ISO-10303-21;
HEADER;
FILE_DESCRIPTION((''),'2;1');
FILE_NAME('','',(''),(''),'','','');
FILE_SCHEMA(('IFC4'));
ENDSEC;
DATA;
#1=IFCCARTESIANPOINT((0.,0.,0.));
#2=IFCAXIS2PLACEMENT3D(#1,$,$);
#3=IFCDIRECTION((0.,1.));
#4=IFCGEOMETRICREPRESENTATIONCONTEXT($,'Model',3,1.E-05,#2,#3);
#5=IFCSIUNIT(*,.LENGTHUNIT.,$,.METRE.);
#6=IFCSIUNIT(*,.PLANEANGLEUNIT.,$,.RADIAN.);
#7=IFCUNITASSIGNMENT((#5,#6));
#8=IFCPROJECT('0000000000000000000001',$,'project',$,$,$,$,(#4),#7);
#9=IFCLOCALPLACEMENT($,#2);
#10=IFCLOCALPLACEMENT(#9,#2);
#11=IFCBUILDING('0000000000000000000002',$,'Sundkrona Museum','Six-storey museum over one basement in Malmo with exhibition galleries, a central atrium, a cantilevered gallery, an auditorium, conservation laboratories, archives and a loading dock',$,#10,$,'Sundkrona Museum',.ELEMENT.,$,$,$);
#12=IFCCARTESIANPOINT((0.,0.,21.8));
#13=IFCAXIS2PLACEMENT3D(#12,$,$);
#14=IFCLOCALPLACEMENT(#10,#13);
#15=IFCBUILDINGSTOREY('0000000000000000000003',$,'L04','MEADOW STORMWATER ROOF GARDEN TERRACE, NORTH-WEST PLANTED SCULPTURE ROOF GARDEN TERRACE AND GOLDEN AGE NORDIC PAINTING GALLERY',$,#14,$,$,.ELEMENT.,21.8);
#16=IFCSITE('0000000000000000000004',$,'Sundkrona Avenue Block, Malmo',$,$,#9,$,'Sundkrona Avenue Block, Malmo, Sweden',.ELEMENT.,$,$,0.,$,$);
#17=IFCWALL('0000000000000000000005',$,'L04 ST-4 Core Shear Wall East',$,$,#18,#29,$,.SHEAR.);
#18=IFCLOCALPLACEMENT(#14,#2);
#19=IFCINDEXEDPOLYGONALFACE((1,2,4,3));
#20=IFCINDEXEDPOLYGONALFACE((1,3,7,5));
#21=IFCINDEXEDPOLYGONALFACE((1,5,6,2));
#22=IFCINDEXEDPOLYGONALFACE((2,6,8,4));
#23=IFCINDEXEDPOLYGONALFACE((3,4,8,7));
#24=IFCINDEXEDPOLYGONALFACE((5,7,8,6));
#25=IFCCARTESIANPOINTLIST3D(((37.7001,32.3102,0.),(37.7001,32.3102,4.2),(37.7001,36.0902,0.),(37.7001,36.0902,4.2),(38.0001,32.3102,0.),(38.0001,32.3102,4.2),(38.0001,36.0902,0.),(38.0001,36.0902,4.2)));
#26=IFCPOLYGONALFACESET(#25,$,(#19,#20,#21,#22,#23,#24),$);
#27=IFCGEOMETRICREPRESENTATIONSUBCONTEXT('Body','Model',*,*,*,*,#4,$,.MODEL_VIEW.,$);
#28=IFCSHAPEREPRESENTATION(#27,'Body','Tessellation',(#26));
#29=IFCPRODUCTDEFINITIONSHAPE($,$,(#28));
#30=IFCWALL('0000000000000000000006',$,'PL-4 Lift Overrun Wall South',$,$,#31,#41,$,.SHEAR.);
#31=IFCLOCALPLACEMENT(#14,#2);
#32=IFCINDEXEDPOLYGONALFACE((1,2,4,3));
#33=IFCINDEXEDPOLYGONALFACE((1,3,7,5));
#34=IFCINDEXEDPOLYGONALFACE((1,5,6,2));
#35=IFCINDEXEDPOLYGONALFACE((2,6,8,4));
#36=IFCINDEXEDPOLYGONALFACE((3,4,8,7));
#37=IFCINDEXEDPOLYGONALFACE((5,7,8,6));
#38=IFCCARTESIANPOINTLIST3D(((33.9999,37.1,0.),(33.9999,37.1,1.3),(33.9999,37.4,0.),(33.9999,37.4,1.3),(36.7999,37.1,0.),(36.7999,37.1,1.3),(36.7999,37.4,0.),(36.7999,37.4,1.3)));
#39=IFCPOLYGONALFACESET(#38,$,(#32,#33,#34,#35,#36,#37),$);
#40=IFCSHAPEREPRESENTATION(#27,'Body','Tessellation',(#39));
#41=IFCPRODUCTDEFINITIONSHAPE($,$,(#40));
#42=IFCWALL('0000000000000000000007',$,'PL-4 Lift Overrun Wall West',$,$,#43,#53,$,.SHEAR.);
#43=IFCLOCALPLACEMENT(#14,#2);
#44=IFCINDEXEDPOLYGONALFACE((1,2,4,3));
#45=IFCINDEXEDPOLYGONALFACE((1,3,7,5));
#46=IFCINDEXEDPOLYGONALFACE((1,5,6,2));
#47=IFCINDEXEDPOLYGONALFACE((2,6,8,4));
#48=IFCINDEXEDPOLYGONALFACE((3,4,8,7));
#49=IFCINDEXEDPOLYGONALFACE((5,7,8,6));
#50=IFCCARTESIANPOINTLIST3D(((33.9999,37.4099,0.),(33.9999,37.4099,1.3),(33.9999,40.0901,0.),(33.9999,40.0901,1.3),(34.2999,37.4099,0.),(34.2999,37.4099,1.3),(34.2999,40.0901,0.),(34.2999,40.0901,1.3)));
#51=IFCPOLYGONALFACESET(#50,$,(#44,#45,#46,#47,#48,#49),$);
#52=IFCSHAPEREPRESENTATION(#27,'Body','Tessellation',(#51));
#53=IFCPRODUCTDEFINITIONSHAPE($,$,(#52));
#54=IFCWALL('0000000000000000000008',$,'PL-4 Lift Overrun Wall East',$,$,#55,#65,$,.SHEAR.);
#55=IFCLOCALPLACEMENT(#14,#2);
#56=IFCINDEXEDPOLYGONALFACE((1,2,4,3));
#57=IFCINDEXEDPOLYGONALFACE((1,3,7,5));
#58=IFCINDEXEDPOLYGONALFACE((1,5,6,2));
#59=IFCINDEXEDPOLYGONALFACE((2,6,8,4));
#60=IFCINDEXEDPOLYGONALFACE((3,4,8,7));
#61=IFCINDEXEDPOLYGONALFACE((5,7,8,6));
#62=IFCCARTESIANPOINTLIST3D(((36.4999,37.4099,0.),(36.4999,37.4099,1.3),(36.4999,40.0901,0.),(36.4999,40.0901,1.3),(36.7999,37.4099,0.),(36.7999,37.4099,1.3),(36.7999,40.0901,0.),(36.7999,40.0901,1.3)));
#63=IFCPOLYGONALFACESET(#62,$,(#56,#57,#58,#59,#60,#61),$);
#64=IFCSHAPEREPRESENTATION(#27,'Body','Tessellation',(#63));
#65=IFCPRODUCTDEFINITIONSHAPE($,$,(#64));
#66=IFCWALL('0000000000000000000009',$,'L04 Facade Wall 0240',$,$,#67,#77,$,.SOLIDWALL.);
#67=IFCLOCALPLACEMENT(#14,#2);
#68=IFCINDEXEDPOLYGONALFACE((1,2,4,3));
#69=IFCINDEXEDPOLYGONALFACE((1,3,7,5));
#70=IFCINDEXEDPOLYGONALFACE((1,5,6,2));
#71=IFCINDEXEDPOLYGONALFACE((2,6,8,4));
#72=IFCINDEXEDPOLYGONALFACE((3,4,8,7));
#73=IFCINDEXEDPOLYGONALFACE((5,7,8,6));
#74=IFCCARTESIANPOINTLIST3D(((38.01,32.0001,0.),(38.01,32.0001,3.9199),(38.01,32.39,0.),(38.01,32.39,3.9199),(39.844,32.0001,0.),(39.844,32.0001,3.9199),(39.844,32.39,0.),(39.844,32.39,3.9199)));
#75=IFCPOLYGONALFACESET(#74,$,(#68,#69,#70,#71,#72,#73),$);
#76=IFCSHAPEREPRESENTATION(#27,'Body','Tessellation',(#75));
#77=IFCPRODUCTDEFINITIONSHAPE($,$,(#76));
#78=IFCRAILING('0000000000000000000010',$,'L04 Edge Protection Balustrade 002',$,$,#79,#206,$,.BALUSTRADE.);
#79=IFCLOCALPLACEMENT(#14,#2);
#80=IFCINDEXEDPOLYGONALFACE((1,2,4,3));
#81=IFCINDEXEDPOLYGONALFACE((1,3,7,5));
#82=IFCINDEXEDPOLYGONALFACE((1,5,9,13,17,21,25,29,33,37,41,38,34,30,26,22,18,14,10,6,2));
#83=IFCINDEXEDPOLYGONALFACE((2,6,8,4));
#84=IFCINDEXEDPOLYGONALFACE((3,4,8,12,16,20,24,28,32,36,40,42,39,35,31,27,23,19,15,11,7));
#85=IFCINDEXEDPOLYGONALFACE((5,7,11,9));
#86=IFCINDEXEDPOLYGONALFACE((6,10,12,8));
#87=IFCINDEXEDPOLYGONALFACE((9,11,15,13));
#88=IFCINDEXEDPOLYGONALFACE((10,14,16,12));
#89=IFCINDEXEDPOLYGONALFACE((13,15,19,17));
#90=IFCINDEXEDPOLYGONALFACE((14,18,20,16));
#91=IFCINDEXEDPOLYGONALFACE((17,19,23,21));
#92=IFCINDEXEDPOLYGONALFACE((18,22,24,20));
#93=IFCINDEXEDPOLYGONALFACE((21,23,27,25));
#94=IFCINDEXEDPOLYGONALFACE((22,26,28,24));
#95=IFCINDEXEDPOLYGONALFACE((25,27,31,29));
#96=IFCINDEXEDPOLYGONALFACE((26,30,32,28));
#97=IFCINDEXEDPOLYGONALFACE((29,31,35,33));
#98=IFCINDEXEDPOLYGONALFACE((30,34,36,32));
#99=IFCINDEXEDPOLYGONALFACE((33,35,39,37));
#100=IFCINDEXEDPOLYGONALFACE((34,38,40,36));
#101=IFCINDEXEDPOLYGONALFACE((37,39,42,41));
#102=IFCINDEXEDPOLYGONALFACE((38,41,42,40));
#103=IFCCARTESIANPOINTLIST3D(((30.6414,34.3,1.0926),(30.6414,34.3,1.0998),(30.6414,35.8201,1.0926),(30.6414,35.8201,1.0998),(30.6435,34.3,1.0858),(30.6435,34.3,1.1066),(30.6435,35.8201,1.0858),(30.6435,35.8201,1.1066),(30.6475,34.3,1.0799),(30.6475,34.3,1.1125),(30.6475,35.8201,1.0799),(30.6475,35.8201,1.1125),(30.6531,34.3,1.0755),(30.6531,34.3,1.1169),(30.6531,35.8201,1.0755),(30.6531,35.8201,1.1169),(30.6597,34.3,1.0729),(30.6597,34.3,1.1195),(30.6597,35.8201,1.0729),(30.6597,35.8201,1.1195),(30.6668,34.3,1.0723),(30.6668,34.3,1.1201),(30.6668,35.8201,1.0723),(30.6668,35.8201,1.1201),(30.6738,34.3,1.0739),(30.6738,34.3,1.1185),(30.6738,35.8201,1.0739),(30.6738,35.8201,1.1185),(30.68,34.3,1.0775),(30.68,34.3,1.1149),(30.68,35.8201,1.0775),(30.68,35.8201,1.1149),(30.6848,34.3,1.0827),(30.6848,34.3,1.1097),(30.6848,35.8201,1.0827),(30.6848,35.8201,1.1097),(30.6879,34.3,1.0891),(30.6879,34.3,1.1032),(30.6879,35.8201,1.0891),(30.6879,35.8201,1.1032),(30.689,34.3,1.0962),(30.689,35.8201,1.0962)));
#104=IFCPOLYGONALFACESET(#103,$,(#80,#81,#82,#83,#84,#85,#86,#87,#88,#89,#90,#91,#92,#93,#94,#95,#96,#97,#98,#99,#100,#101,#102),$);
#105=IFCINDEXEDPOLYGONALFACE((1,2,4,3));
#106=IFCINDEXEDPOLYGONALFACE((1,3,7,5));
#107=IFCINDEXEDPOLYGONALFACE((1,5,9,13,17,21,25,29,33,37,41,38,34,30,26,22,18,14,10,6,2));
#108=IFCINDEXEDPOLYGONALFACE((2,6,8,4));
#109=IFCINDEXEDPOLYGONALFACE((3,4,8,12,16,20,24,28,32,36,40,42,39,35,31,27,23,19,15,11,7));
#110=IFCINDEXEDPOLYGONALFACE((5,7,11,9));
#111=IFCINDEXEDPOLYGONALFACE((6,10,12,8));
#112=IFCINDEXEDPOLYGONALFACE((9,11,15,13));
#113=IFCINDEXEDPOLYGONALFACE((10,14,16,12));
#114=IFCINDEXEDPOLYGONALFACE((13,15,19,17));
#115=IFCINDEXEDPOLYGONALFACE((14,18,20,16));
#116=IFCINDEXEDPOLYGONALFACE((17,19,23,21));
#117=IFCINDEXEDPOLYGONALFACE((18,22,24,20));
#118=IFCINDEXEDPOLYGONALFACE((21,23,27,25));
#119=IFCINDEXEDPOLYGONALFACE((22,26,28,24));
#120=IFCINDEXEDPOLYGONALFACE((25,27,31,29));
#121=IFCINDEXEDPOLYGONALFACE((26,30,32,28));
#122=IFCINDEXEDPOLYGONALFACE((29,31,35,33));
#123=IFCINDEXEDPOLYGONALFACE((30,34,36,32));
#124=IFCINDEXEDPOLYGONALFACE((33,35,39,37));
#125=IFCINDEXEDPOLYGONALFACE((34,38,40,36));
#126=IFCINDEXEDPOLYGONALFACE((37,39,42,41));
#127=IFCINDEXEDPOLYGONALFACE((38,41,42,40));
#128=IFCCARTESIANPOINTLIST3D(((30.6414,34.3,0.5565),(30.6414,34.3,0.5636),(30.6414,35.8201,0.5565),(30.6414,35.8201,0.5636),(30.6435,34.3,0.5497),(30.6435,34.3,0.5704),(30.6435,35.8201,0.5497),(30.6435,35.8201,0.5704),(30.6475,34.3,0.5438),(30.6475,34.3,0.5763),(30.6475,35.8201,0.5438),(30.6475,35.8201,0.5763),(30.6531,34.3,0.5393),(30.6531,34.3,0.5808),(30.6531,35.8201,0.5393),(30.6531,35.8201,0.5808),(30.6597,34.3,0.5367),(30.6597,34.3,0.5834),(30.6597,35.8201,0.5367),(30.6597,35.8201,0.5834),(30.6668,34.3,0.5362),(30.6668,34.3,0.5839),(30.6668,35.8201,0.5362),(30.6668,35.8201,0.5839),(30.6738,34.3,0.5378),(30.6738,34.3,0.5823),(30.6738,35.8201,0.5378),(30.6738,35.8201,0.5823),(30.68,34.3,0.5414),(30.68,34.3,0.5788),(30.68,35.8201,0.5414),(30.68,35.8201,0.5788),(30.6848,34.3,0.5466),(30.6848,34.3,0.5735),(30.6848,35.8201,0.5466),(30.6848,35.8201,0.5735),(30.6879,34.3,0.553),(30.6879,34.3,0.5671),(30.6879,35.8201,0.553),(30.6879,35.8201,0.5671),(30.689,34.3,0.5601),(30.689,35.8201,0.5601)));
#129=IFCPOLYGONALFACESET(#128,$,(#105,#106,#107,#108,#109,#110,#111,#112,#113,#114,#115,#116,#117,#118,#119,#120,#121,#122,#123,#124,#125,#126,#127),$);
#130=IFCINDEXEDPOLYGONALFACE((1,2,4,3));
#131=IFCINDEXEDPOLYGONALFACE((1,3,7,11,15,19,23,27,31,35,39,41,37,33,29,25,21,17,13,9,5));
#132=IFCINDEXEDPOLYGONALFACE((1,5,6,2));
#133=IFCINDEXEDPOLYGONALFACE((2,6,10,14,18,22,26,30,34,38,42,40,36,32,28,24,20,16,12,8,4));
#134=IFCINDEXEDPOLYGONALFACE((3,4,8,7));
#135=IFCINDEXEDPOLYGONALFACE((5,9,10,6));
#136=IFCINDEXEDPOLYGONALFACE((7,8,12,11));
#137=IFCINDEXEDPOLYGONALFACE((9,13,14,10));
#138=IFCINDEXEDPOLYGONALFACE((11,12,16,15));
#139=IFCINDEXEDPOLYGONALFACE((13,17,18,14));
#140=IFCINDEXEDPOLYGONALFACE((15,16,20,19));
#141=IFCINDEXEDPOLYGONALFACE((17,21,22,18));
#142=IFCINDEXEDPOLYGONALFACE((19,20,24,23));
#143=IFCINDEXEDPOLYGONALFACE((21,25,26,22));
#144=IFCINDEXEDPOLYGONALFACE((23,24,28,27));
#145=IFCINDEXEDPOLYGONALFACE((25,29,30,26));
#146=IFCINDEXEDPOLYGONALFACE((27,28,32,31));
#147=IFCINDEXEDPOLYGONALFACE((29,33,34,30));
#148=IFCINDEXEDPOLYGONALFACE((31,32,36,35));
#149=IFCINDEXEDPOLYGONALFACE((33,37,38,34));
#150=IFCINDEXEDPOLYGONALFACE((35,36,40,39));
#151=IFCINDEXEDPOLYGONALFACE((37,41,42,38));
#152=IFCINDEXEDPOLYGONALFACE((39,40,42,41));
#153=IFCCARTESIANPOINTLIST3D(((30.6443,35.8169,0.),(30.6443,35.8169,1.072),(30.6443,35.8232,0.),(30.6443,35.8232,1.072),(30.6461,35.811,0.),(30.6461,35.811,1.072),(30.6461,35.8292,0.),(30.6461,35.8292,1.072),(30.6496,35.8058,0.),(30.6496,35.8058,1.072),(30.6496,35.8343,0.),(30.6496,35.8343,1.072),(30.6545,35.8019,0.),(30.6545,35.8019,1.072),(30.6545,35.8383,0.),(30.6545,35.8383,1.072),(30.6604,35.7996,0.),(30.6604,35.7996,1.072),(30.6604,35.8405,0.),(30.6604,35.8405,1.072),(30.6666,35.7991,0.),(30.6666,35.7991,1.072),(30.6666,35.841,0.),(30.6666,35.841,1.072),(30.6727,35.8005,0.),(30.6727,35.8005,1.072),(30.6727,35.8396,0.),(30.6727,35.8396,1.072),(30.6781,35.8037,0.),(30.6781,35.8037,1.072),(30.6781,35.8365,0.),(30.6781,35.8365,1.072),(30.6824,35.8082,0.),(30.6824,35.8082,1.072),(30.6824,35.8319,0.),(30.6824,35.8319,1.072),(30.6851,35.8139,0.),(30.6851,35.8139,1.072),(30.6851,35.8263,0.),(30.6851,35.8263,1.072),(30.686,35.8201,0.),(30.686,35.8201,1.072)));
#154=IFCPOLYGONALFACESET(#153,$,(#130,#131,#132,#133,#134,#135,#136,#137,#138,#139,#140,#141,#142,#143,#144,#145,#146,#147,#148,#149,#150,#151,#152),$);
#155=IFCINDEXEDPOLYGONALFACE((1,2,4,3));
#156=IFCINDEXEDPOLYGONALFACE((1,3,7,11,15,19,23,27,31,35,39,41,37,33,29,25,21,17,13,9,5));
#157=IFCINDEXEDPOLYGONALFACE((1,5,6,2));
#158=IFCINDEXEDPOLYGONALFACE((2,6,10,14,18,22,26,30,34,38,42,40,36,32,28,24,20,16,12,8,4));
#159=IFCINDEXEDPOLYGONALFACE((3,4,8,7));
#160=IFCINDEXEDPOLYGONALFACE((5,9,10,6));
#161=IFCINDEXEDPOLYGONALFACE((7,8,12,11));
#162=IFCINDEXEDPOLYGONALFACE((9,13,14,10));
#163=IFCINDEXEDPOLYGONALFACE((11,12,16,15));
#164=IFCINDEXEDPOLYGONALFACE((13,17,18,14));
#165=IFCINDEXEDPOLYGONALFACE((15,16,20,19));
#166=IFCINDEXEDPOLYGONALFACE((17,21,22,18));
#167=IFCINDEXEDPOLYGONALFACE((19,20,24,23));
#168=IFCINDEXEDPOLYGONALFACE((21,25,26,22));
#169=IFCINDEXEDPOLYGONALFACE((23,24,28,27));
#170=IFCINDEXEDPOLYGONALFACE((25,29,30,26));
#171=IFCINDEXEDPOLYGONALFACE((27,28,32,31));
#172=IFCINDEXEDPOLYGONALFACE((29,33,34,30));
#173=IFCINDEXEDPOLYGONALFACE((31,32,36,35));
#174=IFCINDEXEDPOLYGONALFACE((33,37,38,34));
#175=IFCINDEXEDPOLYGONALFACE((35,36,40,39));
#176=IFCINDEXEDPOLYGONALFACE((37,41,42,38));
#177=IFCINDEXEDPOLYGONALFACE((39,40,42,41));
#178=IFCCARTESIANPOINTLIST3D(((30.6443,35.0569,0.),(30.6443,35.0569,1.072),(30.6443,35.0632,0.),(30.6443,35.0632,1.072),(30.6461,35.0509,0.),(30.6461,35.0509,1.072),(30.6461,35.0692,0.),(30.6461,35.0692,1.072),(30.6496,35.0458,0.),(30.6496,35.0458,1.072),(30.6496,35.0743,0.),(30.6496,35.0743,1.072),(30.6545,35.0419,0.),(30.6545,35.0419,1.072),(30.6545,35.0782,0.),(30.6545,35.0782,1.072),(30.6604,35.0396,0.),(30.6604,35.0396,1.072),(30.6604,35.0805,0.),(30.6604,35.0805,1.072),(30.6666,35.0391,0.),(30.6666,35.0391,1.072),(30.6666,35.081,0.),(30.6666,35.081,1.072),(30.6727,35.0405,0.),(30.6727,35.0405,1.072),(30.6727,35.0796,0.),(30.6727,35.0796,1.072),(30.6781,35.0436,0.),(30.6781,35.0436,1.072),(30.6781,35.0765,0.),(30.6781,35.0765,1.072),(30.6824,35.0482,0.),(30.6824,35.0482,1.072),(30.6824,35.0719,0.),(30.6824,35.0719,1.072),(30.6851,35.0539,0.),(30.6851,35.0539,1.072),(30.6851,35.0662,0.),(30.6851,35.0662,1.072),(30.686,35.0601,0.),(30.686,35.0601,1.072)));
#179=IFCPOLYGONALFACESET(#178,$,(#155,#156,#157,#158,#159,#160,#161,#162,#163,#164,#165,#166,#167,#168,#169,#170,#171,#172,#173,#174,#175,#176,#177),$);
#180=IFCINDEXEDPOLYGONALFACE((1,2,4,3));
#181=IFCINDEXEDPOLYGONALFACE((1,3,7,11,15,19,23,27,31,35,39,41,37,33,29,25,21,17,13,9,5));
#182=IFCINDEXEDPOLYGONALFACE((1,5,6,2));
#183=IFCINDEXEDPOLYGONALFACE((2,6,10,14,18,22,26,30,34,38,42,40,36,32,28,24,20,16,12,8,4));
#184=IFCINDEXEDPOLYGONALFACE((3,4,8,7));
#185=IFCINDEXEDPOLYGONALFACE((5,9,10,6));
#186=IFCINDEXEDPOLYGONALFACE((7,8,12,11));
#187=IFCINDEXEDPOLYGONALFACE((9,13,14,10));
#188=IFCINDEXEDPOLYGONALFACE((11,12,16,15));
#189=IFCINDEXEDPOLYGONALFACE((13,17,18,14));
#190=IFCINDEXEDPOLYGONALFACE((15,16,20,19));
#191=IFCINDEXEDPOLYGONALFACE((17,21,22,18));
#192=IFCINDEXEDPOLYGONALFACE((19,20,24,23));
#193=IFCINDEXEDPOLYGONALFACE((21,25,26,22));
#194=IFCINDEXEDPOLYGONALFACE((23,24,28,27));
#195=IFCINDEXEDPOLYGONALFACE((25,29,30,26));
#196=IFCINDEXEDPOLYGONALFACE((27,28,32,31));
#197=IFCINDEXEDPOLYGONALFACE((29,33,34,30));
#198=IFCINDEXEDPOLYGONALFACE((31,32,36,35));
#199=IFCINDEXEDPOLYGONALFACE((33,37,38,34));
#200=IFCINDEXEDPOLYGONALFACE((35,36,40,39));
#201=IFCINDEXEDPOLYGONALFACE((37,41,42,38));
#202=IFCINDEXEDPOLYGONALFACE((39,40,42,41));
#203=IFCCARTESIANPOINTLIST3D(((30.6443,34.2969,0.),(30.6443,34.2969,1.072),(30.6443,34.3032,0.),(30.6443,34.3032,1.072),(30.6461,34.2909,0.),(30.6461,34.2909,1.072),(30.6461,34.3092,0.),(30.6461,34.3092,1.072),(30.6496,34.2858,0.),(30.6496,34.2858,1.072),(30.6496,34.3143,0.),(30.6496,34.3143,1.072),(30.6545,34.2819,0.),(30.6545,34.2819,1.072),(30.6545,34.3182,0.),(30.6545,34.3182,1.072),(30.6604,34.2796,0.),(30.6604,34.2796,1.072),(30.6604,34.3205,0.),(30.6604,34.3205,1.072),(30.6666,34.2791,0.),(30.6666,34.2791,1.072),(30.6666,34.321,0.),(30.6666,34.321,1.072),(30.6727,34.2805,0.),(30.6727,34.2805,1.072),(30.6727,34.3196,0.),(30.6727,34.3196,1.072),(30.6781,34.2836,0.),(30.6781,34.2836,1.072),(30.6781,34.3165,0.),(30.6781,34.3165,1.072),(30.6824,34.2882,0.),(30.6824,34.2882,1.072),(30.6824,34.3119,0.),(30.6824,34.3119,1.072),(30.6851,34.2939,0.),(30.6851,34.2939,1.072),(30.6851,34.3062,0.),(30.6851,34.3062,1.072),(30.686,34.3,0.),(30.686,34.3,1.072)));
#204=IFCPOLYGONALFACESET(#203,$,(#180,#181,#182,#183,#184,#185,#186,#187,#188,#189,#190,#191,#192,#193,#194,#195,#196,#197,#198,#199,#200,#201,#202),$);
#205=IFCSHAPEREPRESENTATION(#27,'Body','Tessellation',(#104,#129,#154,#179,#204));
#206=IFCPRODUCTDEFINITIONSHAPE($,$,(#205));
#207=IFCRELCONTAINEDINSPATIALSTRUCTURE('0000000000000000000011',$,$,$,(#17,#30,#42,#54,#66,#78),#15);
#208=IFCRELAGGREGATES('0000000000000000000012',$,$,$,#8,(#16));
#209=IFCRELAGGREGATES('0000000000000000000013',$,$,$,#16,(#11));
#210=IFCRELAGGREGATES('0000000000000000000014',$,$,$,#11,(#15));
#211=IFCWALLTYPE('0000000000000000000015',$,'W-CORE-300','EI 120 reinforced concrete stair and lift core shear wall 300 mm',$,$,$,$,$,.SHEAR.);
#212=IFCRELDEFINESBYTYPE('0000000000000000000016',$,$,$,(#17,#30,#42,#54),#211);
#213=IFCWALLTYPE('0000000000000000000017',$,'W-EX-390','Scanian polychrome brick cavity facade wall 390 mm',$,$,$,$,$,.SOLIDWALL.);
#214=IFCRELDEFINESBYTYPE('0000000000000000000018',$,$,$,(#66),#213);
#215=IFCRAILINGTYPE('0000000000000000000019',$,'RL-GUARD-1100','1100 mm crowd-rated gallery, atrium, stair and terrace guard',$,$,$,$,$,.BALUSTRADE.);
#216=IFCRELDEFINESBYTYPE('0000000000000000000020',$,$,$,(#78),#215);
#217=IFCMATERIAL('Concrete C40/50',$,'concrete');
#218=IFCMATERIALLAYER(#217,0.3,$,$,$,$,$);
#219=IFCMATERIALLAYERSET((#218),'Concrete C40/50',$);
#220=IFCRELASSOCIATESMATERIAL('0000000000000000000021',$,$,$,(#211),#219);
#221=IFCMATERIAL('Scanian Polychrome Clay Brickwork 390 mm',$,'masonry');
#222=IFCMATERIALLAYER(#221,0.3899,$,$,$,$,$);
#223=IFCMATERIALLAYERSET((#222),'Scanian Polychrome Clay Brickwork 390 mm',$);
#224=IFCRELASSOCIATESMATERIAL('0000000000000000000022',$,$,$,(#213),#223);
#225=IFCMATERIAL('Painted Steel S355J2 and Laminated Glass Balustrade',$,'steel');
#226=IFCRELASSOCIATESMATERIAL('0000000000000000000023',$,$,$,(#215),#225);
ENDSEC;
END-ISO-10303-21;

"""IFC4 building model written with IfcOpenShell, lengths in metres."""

from ifc_helpers import new_model, si_unit, direction, frame, frame_2d, origin, origin_2d, place, context, subcontext, project, spatial, rectangle, circle, extrude, material, layer, layer_set, type_object, element, save


model = new_model("IFC4")

# Units and contexts
model_context = context("Model", 3, precision=1e-05, world=origin(), true_north=direction((0.0, 1.0)))
body_context = subcontext(model_context, "Body", "Model", "MODEL_VIEW")
ifc_project = project(units=[si_unit("LENGTHUNIT", "METRE"), si_unit("PLANEANGLEUNIT", "RADIAN")], contexts=[model_context])

# Site, building, storey
site_placement = place(None, origin())
site = spatial("IfcSite", under=ifc_project, at=site_placement, Name="Sundkrona Avenue Block, Malmo", LongName="Sundkrona Avenue Block, Malmo, Sweden", CompositionType="ELEMENT", RefElevation=0.0)
building_placement = place(site_placement, origin())
building = spatial("IfcBuilding", under=site, at=building_placement, Name="Sundkrona Museum", Description="Six-storey museum over one basement in Malmo with exhibition galleries, a central atrium, a cantilevered gallery, an auditorium, conservation laboratories, archives and a loading dock", LongName="Sundkrona Museum", CompositionType="ELEMENT")
storey_placement = place(building_placement, frame((0.0, 0.0, 21.8)))
storey = spatial("IfcBuildingStorey", under=building, at=storey_placement, Name="L04", Description="MEADOW STORMWATER ROOF GARDEN TERRACE, NORTH-WEST PLANTED SCULPTURE ROOF GARDEN TERRACE AND GOLDEN AGE NORDIC PAINTING GALLERY", CompositionType="ELEMENT", Elevation=21.8)

# Walls
ifc_material_1 = material(Name="Concrete C40/50", Category="concrete")
ifc_layer_1 = layer(ifc_material_1, 0.3)
ifc_layer_set_1 = layer_set([ifc_layer_1], Name="Concrete C40/50")
wall_type_1 = type_object("IfcWallType", Name="W-CORE-300", Description="EI 120 reinforced concrete stair and lift core shear wall 300 mm", PredefinedType="SHEAR", material=ifc_layer_set_1)
wall_1_placement = place(storey_placement, frame((37.8501, 32.3101, 0.0), z_axis=(0.0, 0.0, 1.0), x_axis=(0.0, 1.0, 0.0)))
element("IfcWall", 1, at=wall_1_placement, inside=storey, type_object=wall_type_1, Name="L04 ST-4 Core Shear Wall East", PredefinedType="SHEAR", context=body_context, shape_type="SweptSolid", body=[
    extrude(rectangle(XDim=3.78, YDim=0.3, at=frame_2d((1.8901, 0.0))), origin(), (0.0, 0.0, 1.0), 4.2),
])
wall_2_placement = place(storey_placement, frame((34.0, 37.25, 0.0), z_axis=(0.0, 0.0, 1.0), x_axis=(1.0, 0.0, 0.0)))
element("IfcWall", 2, at=wall_2_placement, inside=storey, type_object=wall_type_1, Name="PL-4 Lift Overrun Wall South", PredefinedType="SHEAR", context=body_context, shape_type="SweptSolid", body=[
    extrude(rectangle(XDim=2.8, YDim=0.3, at=frame_2d((1.3999, 0.0))), origin(), (0.0, 0.0, 1.0), 1.3),
])
for number, where, z_axis, x_axis, name in (
    (3, (34.1499, 37.4099, 0.0), (0.0, 0.0, 1.0), (0.0, 1.0, 0.0), "PL-4 Lift Overrun Wall West"),
    (4, (36.6499, 37.4099, 0.0), (0.0, 0.0, 1.0), (0.0, 1.0, 0.0), "PL-4 Lift Overrun Wall East"),
):
    element("IfcWall", number, at=place(storey_placement, frame(where, z_axis=z_axis, x_axis=x_axis)), inside=storey, type_object=wall_type_1, Name=name, PredefinedType="SHEAR", context=body_context, shape_type="SweptSolid", body=[
        extrude(rectangle(XDim=2.6802, YDim=0.3, at=frame_2d((1.3401, 0.0))), origin(), (0.0, 0.0, 1.0), 1.3),
    ])
ifc_material_2 = material(Name="Scanian Polychrome Clay Brickwork 390 mm", Category="masonry")
ifc_layer_2 = layer(ifc_material_2, 0.3899)
ifc_layer_set_2 = layer_set([ifc_layer_2], Name="Scanian Polychrome Clay Brickwork 390 mm")
wall_type_2 = type_object("IfcWallType", Name="W-EX-390", Description="Scanian polychrome brick cavity facade wall 390 mm", PredefinedType="SOLIDWALL", material=ifc_layer_set_2)
wall_3_placement = place(storey_placement, frame((39.844, 32.1951, 0.0), z_axis=(0.0, 0.0, 1.0), x_axis=(-1.0, 0.0, 0.0)))
element("IfcWall", 5, at=wall_3_placement, inside=storey, type_object=wall_type_2, Name="L04 Facade Wall 0240", PredefinedType="SOLIDWALL", context=body_context, shape_type="SweptSolid", body=[
    extrude(rectangle(XDim=1.834, YDim=0.3899, at=frame_2d((0.917, 0.0))), origin(), (0.0, 0.0, 1.0), 3.9199),
])

# Railing
ifc_material_3 = material(Name="Painted Steel S355J2 and Laminated Glass Balustrade", Category="steel")
railing_type = type_object("IfcRailingType", Name="RL-GUARD-1100", Description="1100 mm crowd-rated gallery, atrium, stair and terrace guard", PredefinedType="BALUSTRADE", material=ifc_material_3)
railing_placement = place(storey_placement, frame((30.665, 35.8201, 0.0)))
element("IfcRailing", 6, at=railing_placement, inside=storey, type_object=railing_type, Name="L04 Edge Protection Balustrade 002", PredefinedType="BALUSTRADE", context=body_context, shape_type="SweptSolid", body=[
    extrude(circle(Radius=0.0239, at=origin_2d()), frame((0.0, 0.0, 1.0962), z_axis=(0.0, -1.0, 0.0), x_axis=(1.0, 0.0, 0.0)), (0.0, 0.0, 1.0), 1.52),
    extrude(circle(Radius=0.0239, at=origin_2d()), frame((0.0, 0.0, 0.5601), z_axis=(0.0, -1.0, 0.0), x_axis=(1.0, 0.0, 0.0)), (0.0, 0.0, 1.0), 1.52),
    extrude(circle(Radius=0.021, at=origin_2d()), origin(), (0.0, 0.0, 1.0), 1.072),
    extrude(circle(Radius=0.021, at=origin_2d()), frame((0.0, -0.76, 0.0)), (0.0, 0.0, 1.0), 1.072),
    extrude(circle(Radius=0.021, at=origin_2d()), frame((0.0, -1.52, 0.0)), (0.0, 0.0, 1.0), 1.072),
])

save(model, "model.ifc")
